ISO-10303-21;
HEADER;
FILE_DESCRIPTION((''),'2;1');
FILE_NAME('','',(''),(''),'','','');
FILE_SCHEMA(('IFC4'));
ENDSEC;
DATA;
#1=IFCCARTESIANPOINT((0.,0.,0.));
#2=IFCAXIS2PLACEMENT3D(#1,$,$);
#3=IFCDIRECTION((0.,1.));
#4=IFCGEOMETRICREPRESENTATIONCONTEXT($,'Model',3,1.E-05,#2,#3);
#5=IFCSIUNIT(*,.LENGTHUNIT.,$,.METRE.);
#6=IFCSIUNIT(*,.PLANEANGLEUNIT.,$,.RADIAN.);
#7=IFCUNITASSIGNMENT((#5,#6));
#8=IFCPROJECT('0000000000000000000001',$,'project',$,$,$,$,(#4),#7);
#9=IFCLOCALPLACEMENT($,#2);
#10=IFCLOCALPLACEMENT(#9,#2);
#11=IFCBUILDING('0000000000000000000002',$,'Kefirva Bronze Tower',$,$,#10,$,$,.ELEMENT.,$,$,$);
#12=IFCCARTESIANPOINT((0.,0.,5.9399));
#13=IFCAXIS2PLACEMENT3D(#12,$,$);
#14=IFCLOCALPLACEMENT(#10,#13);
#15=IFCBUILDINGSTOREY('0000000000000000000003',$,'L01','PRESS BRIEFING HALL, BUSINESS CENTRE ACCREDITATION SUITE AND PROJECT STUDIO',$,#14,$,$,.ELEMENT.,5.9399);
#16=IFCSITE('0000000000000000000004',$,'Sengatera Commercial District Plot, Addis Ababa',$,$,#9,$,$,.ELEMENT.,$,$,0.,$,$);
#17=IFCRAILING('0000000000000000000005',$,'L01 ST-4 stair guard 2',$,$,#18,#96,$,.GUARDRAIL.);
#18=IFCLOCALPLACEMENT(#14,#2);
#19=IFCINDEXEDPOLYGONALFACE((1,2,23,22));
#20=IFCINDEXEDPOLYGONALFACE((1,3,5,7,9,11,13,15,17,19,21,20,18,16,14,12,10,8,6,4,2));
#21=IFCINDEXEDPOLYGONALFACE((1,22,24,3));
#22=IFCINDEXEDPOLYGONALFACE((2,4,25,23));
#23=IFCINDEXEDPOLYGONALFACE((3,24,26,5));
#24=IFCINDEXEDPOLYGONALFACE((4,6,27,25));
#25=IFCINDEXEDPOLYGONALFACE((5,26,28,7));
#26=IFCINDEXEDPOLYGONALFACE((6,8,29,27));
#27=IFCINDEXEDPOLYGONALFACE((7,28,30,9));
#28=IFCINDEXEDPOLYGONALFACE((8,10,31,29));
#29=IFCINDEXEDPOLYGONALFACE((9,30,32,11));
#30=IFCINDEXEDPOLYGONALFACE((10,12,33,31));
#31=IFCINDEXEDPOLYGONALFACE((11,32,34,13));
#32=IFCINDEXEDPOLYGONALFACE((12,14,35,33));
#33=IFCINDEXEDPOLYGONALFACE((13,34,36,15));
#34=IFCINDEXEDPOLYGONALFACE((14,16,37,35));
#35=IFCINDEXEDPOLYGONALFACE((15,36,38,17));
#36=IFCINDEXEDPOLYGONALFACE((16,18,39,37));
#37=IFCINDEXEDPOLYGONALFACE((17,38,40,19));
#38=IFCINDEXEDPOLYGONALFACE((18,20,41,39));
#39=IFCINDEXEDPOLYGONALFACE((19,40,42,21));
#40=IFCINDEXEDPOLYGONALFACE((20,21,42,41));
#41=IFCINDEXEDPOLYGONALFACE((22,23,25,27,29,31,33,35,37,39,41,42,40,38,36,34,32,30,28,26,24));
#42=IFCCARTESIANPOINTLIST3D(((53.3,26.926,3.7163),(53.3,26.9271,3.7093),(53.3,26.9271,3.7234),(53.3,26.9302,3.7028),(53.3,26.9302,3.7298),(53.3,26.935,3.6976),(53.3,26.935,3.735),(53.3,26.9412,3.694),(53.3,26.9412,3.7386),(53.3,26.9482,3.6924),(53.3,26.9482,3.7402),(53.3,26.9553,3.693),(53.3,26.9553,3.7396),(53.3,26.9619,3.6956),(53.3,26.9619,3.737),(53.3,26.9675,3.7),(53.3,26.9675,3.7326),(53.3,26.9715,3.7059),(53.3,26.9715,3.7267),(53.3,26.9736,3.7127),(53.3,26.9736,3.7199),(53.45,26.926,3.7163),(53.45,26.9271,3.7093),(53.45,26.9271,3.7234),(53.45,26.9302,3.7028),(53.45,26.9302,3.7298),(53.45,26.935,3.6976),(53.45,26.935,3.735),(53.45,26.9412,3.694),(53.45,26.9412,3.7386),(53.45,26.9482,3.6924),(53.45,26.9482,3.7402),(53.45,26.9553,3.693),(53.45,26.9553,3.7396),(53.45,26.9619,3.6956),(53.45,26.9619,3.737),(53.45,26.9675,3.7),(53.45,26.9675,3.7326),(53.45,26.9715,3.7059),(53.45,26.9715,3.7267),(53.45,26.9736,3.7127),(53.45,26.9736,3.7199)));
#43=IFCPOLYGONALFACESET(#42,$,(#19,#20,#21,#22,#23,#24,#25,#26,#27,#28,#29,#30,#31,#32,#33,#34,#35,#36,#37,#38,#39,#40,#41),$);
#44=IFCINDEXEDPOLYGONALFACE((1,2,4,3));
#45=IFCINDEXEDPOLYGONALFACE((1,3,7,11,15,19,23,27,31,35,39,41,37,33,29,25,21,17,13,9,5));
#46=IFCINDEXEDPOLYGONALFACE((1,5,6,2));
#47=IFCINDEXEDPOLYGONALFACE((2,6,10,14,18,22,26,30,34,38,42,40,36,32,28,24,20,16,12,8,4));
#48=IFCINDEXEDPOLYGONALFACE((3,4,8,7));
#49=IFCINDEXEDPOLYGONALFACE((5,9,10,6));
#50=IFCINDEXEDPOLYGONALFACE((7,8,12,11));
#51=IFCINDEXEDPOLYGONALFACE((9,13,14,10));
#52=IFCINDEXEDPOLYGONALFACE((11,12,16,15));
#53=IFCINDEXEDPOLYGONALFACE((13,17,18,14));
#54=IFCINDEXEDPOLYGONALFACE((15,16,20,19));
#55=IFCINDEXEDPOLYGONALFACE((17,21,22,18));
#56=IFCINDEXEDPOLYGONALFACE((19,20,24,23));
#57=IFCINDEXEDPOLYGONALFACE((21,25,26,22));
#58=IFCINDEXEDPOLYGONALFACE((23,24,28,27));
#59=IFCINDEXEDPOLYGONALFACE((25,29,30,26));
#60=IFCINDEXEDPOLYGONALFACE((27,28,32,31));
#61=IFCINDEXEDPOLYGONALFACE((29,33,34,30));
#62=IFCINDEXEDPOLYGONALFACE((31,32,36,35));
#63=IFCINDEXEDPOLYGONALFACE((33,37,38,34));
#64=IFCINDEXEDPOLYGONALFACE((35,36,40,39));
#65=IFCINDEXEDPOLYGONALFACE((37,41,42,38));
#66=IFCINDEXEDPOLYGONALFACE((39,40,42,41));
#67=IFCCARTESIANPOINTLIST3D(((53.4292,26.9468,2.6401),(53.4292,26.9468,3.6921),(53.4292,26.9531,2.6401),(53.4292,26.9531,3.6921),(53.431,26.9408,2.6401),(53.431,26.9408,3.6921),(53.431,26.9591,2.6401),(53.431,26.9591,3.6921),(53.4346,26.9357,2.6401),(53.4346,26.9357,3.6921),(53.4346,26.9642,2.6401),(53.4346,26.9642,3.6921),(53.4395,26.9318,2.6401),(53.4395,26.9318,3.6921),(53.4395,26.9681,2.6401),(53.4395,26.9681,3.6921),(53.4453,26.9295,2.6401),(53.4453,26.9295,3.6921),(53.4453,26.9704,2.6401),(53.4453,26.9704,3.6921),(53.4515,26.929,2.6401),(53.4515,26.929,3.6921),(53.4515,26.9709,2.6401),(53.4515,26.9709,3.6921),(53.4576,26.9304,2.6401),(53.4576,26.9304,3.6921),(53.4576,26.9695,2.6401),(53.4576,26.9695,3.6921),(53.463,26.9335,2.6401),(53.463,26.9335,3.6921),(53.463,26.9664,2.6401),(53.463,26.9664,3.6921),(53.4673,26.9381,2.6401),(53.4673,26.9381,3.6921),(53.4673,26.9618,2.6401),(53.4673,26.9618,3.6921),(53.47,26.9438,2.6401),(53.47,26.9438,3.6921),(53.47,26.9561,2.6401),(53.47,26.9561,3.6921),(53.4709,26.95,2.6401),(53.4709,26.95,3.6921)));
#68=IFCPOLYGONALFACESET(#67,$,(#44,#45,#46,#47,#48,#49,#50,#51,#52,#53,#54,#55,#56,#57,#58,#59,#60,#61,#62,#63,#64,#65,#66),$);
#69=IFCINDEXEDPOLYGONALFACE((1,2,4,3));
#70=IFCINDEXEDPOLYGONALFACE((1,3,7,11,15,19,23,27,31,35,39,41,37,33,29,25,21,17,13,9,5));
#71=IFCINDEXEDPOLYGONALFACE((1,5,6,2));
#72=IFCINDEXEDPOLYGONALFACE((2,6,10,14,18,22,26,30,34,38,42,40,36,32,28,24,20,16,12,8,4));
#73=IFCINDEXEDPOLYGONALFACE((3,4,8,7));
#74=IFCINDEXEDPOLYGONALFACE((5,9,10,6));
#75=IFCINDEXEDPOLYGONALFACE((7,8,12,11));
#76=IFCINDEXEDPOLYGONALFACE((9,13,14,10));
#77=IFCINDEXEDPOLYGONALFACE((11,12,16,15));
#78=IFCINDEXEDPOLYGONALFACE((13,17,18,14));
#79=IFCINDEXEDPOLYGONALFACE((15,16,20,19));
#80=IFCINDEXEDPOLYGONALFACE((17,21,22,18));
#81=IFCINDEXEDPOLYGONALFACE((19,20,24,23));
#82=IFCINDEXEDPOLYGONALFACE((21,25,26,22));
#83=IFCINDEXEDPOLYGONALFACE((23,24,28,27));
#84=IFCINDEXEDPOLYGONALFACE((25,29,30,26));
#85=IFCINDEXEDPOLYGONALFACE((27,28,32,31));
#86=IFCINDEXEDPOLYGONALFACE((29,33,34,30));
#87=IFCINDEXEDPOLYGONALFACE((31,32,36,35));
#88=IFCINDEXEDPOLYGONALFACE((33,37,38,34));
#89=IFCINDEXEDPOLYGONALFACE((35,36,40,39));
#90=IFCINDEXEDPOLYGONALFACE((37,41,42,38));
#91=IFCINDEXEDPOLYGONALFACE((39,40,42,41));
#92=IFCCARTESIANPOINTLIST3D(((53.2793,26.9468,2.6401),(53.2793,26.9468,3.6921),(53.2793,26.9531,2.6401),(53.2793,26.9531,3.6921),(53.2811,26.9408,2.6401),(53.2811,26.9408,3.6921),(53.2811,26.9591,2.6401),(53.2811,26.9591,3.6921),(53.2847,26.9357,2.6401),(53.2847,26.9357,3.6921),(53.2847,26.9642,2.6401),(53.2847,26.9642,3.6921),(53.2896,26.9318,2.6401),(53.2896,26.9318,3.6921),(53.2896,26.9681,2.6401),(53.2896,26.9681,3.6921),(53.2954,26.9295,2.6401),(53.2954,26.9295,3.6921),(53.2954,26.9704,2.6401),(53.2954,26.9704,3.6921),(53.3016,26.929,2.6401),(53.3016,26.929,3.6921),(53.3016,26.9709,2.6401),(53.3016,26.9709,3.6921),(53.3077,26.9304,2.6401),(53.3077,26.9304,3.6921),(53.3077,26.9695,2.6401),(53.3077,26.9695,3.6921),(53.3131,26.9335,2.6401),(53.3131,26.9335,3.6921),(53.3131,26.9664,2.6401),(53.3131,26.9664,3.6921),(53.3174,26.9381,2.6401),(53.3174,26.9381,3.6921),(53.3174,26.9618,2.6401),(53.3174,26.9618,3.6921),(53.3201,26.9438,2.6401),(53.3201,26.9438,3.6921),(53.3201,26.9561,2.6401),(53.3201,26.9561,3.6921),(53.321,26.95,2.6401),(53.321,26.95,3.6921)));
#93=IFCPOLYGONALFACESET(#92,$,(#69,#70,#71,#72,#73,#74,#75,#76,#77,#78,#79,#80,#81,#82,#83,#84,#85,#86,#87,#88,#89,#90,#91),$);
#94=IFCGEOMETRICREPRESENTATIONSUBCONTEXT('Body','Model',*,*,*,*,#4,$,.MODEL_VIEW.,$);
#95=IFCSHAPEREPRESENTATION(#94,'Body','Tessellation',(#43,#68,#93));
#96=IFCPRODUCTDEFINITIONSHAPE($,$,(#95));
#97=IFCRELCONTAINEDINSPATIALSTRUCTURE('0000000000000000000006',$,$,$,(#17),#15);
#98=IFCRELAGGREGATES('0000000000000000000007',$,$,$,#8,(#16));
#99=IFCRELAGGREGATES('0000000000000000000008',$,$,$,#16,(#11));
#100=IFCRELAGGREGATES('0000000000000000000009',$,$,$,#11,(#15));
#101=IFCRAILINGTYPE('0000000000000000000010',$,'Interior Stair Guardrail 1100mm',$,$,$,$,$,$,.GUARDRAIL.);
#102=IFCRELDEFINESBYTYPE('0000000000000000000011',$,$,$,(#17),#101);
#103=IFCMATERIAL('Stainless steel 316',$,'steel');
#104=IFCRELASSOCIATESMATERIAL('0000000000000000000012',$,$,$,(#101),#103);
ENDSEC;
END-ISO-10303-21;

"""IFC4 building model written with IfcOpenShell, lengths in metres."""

from ifc_helpers import new_model, si_unit, direction, frame, origin, origin_2d, place, context, subcontext, project, spatial, circle, extrude, material, type_object, element, save


model = new_model("IFC4")

# Units and contexts
model_context = context("Model", 3, precision=1e-05, world=origin(), true_north=direction((0.0, 1.0)))
body_context = subcontext(model_context, "Body", "Model", "MODEL_VIEW")
ifc_project = project(units=[si_unit("LENGTHUNIT", "METRE"), si_unit("PLANEANGLEUNIT", "RADIAN")], contexts=[model_context])

# Site, building, storey
site_placement = place(None, origin())
site = spatial("IfcSite", under=ifc_project, at=site_placement, Name="Sengatera Commercial District Plot, Addis Ababa", CompositionType="ELEMENT", RefElevation=0.0)
building_placement = place(site_placement, origin())
building = spatial("IfcBuilding", under=site, at=building_placement, Name="Kefirva Bronze Tower", CompositionType="ELEMENT")
storey_placement = place(building_placement, frame((0.0, 0.0, 5.9399)))
storey = spatial("IfcBuildingStorey", under=building, at=storey_placement, Name="L01", Description="PRESS BRIEFING HALL, BUSINESS CENTRE ACCREDITATION SUITE AND PROJECT STUDIO", CompositionType="ELEMENT", Elevation=5.9399)

# Railing
ifc_material_1 = material(Name="Stainless steel 316", Category="steel")
railing_type = type_object("IfcRailingType", Name="Interior Stair Guardrail 1100mm", PredefinedType="GUARDRAIL", material=ifc_material_1)
railing_placement = place(storey_placement, frame((53.45, 26.95, 2.6401)))
element("IfcRailing", 1, at=railing_placement, inside=storey, type_object=railing_type, Name="L01 ST-4 stair guard 2", PredefinedType="GUARDRAIL", context=body_context, shape_type="SweptSolid", body=[
    extrude(circle(Radius=0.0239, at=origin_2d()), frame((0.0, 0.0, 1.0762), z_axis=(-1.0, 0.0, 0.0), x_axis=(0.0, -1.0, 0.0)), (0.0, 0.0, 1.0), 0.1499),
    extrude(circle(Radius=0.021, at=origin_2d()), origin(), (0.0, 0.0, 1.0), 1.052),
    extrude(circle(Radius=0.021, at=origin_2d()), frame((-0.1499, 0.0, 0.0)), (0.0, 0.0, 1.0), 1.052),
])

save(model, "model.ifc")
